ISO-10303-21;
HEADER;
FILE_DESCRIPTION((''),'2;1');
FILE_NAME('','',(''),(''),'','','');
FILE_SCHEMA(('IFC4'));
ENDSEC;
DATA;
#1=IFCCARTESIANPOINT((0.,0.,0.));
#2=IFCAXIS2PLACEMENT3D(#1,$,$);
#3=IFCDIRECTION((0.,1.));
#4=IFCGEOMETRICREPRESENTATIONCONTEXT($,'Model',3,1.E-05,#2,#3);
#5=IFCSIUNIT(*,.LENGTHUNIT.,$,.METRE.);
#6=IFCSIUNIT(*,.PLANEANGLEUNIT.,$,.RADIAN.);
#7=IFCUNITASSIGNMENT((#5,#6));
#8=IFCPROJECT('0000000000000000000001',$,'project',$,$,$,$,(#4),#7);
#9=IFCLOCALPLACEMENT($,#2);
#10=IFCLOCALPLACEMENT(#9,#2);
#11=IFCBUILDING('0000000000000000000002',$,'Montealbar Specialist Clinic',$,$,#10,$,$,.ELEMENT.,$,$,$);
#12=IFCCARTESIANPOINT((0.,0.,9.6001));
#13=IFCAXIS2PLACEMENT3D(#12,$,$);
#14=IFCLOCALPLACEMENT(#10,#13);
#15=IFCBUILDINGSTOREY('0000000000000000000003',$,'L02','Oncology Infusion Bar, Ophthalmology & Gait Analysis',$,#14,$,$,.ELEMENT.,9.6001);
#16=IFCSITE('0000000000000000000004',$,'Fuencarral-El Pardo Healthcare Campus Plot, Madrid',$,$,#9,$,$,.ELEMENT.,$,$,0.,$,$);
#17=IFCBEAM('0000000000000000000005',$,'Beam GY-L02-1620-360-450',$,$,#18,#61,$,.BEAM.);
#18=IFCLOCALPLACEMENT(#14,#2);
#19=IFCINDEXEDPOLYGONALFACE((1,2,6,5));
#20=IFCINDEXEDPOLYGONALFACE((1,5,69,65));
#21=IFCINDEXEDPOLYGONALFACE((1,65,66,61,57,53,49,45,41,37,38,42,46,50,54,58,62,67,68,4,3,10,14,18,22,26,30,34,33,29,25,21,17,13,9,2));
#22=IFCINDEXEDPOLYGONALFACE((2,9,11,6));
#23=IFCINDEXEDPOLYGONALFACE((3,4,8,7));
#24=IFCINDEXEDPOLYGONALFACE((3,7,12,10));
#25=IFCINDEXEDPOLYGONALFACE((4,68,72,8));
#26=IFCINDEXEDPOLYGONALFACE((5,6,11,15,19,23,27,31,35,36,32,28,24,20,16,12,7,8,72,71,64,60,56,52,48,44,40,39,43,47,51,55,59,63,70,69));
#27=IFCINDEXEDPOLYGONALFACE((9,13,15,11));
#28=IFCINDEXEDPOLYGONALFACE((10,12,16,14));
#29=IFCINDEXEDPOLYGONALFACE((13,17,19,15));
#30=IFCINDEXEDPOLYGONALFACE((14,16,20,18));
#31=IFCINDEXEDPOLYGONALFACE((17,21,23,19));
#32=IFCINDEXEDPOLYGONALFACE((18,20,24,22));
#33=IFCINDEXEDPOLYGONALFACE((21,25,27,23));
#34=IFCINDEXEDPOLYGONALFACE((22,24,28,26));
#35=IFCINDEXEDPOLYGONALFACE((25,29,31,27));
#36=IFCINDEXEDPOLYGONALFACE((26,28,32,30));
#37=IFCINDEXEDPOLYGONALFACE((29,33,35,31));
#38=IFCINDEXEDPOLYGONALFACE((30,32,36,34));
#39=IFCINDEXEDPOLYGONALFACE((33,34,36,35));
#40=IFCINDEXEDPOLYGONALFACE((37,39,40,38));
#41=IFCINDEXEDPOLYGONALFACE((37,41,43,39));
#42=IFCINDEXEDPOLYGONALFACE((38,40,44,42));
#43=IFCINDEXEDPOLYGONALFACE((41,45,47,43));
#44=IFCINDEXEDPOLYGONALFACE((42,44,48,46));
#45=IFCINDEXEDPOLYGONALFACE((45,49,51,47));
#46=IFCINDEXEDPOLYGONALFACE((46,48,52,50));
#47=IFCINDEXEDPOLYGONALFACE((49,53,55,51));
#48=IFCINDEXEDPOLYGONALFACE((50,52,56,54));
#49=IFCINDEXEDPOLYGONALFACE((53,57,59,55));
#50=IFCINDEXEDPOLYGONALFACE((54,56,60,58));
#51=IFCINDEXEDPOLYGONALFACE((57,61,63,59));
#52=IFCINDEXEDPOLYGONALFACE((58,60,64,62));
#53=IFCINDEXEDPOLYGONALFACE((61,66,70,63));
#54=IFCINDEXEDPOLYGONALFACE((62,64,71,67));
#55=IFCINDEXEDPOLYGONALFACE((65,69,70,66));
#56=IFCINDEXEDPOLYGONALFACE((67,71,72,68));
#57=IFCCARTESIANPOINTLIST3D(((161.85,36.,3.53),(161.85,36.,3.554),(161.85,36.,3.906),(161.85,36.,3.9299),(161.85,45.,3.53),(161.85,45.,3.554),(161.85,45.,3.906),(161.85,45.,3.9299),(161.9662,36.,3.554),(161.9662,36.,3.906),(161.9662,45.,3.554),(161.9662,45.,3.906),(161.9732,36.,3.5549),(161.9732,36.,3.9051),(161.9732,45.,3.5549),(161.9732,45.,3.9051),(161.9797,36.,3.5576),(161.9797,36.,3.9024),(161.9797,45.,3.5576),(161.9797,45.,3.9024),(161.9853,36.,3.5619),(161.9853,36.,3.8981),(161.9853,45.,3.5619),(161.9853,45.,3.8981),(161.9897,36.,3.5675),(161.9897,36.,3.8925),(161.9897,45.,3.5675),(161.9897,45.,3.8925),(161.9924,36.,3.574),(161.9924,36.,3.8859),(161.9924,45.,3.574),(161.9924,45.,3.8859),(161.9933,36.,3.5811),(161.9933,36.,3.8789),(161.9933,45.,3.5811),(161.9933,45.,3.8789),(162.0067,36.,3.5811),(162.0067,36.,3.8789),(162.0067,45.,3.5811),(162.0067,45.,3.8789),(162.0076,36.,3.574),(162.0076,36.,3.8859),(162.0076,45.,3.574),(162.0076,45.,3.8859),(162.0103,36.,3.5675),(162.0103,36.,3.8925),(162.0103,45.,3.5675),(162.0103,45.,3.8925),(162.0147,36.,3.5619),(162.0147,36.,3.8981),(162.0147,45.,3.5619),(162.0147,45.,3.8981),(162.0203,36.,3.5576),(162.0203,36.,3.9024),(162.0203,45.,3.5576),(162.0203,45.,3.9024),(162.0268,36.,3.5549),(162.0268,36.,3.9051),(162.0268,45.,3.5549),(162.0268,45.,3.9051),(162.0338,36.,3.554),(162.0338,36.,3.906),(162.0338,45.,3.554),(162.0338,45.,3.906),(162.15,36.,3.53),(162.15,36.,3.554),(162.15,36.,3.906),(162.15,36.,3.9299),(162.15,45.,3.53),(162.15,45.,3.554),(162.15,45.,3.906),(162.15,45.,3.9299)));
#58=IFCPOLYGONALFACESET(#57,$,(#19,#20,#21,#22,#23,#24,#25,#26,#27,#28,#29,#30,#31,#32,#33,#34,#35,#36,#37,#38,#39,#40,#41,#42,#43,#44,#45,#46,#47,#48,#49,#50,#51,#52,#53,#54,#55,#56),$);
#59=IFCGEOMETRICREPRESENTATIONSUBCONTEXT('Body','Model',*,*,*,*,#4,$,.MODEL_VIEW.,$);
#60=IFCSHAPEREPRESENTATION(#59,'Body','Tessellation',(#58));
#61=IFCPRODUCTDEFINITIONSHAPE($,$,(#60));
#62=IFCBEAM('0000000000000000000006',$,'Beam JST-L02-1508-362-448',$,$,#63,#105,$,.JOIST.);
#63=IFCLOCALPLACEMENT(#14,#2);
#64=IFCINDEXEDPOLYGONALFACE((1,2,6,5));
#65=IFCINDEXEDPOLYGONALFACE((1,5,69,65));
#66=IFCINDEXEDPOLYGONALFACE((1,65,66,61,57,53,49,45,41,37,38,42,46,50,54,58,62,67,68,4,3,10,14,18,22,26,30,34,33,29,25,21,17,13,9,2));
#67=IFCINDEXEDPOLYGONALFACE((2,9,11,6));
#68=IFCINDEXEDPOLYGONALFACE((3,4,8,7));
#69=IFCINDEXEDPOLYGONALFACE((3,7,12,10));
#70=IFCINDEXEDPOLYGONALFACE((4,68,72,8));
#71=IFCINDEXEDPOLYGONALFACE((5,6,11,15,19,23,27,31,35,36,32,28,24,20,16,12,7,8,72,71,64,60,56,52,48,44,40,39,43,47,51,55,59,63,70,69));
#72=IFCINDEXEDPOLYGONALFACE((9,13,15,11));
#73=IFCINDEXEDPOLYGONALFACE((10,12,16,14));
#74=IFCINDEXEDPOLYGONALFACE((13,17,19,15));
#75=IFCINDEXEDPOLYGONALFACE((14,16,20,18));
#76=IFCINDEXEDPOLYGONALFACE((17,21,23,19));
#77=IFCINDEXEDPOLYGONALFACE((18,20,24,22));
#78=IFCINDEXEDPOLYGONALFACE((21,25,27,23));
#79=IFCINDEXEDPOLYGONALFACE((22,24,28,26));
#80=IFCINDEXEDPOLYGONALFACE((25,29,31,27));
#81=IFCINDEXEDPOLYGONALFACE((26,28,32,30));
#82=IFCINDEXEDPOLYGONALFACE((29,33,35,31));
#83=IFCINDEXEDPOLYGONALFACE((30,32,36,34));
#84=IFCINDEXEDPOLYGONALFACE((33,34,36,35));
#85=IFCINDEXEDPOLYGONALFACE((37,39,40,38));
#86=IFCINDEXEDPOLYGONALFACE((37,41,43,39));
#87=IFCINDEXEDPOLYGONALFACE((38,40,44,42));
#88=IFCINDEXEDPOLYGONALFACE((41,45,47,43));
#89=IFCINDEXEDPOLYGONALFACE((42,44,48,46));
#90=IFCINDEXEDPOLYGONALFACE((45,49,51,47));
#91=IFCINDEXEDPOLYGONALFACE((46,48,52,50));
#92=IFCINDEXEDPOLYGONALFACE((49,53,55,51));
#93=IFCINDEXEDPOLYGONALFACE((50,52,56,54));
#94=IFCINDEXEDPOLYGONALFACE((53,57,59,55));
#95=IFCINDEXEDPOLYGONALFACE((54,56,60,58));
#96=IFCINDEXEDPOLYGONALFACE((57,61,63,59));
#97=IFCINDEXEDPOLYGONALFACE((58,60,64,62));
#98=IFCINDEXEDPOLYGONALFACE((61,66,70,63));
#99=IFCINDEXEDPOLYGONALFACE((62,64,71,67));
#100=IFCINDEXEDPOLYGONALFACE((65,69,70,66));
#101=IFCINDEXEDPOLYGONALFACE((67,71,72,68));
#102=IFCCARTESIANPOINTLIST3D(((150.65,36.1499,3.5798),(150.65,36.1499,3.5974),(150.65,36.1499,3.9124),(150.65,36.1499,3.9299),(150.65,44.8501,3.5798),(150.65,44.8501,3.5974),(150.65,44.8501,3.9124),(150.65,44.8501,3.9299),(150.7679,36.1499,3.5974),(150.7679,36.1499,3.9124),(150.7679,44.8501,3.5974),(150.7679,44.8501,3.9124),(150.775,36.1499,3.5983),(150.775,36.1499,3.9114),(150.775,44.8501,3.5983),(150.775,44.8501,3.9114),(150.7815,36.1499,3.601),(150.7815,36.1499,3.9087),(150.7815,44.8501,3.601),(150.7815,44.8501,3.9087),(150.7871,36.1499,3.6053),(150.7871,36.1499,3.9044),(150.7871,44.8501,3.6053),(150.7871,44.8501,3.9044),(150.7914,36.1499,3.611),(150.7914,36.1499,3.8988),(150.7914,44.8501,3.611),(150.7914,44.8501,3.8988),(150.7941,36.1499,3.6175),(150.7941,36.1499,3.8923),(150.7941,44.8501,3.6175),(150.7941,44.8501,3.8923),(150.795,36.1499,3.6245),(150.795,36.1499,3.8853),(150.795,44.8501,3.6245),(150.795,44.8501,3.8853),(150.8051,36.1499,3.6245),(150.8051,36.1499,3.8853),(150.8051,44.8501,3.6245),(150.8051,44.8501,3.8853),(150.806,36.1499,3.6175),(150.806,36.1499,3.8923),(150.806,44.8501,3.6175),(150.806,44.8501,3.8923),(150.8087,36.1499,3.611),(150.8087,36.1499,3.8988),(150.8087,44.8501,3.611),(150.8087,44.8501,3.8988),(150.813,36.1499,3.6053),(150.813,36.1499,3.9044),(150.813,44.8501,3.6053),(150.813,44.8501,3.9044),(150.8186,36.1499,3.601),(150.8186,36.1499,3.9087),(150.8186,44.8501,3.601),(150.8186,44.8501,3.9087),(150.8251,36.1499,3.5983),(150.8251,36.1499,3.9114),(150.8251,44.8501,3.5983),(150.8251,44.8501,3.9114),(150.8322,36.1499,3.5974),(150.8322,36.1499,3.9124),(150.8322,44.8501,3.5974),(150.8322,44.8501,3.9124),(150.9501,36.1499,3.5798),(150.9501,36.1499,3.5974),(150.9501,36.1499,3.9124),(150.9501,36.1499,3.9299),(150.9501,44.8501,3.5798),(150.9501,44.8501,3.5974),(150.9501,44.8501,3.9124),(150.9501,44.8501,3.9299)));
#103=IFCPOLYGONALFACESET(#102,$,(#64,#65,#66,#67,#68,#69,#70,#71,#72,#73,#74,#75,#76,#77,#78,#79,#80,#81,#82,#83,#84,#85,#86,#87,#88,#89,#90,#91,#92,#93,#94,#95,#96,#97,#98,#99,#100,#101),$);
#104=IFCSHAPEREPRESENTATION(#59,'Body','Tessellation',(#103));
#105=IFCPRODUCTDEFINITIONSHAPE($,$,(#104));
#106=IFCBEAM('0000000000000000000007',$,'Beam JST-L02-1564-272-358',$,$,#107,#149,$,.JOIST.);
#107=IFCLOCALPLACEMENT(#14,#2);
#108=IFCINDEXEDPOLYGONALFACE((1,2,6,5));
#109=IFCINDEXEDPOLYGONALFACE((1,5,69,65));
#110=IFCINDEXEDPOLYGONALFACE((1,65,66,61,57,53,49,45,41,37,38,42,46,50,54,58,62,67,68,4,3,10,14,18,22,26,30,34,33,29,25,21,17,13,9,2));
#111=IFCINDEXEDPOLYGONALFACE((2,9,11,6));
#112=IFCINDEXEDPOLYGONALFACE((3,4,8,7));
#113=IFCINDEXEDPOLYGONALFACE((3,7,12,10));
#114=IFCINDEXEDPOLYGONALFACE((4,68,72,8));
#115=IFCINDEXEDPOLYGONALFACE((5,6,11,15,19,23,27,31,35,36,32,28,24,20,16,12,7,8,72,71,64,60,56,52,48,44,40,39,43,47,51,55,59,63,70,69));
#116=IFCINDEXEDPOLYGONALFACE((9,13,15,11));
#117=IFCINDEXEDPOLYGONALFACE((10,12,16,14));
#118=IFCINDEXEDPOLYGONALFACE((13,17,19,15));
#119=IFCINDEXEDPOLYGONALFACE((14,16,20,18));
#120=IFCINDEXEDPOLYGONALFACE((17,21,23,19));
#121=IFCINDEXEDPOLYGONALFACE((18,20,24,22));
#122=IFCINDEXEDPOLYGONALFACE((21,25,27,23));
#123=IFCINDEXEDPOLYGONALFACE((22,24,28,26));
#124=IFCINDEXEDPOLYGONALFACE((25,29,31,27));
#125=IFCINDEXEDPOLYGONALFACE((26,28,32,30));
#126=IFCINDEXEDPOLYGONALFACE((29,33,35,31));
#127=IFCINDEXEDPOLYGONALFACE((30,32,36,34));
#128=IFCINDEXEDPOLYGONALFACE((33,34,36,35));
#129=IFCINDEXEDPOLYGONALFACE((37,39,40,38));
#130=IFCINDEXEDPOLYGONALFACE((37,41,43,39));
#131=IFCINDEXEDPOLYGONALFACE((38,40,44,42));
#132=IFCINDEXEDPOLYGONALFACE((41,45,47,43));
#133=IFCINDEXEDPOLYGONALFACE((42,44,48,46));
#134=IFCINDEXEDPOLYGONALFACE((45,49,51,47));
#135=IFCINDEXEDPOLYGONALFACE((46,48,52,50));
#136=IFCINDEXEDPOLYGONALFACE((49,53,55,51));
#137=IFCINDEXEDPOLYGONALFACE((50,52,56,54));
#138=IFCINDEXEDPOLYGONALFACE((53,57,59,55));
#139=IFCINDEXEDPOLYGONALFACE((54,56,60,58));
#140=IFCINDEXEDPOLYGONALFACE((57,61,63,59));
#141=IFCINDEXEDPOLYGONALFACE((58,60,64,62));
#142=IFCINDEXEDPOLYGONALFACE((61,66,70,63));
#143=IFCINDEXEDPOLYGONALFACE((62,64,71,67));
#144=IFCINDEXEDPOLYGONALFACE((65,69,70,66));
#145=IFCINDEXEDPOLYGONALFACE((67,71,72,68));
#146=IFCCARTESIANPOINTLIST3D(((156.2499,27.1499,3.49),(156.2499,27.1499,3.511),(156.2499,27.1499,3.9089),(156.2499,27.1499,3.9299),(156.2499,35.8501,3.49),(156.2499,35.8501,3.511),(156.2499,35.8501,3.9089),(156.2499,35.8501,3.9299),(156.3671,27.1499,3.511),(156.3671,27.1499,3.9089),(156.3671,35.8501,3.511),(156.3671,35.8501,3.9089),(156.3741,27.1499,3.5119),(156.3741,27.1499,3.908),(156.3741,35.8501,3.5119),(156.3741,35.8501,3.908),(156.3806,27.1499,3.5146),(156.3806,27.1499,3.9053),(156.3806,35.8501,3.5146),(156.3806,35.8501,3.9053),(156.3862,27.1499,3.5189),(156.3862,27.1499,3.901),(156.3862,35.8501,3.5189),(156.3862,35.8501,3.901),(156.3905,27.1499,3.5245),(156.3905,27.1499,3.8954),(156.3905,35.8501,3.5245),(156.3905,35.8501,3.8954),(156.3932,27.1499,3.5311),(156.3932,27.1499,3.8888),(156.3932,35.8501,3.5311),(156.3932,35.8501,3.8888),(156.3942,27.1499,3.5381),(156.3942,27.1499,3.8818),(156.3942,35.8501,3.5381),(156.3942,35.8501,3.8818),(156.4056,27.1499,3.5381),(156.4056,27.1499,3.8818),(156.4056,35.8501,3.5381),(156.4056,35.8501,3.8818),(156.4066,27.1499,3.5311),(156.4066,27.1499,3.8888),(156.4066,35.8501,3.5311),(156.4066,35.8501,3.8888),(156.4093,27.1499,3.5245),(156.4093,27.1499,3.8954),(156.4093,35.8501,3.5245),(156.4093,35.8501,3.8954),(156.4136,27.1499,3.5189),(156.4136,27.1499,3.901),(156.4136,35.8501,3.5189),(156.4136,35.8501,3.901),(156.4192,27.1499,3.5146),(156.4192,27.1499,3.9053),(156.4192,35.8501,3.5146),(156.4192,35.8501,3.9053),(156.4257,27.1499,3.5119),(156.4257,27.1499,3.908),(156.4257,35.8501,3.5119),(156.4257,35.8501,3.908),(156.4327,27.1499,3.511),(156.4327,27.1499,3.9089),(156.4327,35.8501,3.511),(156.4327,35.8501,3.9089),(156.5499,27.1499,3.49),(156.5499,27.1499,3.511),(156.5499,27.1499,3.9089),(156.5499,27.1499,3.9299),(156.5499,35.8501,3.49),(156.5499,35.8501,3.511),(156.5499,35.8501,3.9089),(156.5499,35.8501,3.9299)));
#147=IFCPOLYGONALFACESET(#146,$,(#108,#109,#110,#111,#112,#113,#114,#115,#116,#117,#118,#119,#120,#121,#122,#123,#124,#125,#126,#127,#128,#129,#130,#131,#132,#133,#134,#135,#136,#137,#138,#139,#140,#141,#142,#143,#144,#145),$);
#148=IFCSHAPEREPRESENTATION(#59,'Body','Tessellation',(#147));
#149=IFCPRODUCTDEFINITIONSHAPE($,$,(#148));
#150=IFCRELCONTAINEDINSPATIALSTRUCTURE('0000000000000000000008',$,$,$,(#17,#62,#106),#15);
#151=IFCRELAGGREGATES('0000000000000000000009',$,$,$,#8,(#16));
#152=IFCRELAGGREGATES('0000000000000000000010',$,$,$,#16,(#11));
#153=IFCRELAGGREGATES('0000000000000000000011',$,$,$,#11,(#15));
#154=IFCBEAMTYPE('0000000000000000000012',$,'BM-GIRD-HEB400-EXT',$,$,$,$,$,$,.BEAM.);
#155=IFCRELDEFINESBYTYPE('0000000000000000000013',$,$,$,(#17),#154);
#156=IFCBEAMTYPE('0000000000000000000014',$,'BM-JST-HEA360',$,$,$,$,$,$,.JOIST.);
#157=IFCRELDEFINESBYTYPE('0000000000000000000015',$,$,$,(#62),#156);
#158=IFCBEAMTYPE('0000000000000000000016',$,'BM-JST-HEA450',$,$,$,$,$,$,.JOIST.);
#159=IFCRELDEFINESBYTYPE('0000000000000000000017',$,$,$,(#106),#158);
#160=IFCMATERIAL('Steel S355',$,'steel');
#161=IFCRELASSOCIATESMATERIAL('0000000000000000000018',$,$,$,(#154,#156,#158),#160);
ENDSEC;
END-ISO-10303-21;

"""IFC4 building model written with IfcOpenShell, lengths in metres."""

from ifc_helpers import new_model, si_unit, direction, frame, origin, origin_2d, place, context, subcontext, project, spatial, i_section, extrude, material, material_profile, profile_set, type_object, element, save


model = new_model("IFC4")

# Units and contexts
model_context = context("Model", 3, precision=1e-05, world=origin(), true_north=direction((0.0, 1.0)))
body_context = subcontext(model_context, "Body", "Model", "MODEL_VIEW")
ifc_project = project(units=[si_unit("LENGTHUNIT", "METRE"), si_unit("PLANEANGLEUNIT", "RADIAN")], contexts=[model_context])

# Site, building, storey
site_placement = place(None, origin())
site = spatial("IfcSite", under=ifc_project, at=site_placement, Name="Fuencarral-El Pardo Healthcare Campus Plot, Madrid", CompositionType="ELEMENT", RefElevation=0.0)
building_placement = place(site_placement, origin())
building = spatial("IfcBuilding", under=site, at=building_placement, Name="Montealbar Specialist Clinic", CompositionType="ELEMENT")
storey_placement = place(building_placement, frame((0.0, 0.0, 9.6001)))
storey = spatial("IfcBuildingStorey", under=building, at=storey_placement, Name="L02", Description="Oncology Infusion Bar, Ophthalmology & Gait Analysis", CompositionType="ELEMENT", Elevation=9.6001)

# Shared definitions
ifc_material_1 = material(Name="Steel S355", Category="steel")

# Beams
ifc_material_profile_1 = material_profile(ifc_material_1, i_section(OverallWidth=0.3, OverallDepth=0.3999, WebThickness=0.0134, FlangeThickness=0.0239, FilletRadius=0.0271, at=origin_2d()), Name="HEB 400", Category="steel")
ifc_profile_set_1 = profile_set([ifc_material_profile_1], Name="Steel S355")
beam_type_1 = type_object("IfcBeamType", Name="BM-GIRD-HEB400-EXT", PredefinedType="BEAM", material=ifc_profile_set_1)
for number, where, z_axis, x_axis, name in (
    (1, (162.0, 36.0, 3.73), (0.0, 1.0, 0.0), (-1.0, 0.0, 0.0), "Beam GY-L02-1620-360-450"),
):
    element("IfcBeam", number, at=place(storey_placement, frame(where, z_axis=z_axis, x_axis=x_axis)), inside=storey, type_object=beam_type_1, Name=name, PredefinedType="BEAM", context=body_context, shape_type="SweptSolid", body=[
        extrude(i_section(OverallWidth=0.3, OverallDepth=0.3999, WebThickness=0.0134, FlangeThickness=0.0239, FilletRadius=0.0271, at=origin_2d()), origin(), (0.0, 0.0, 1.0), 9.0),
    ])
ifc_material_profile_2 = material_profile(ifc_material_1, i_section(OverallWidth=0.3, OverallDepth=0.3501, WebThickness=0.01, FlangeThickness=0.0176, FilletRadius=0.0271, at=origin_2d()), Name="HEA 360", Category="steel")
ifc_profile_set_2 = profile_set([ifc_material_profile_2], Name="Steel S355")
beam_type_2 = type_object("IfcBeamType", Name="BM-JST-HEA360", PredefinedType="JOIST", material=ifc_profile_set_2)
beam_1_placement = place(storey_placement, frame((150.8, 36.1499, 3.7549), z_axis=(0.0, 1.0, 0.0), x_axis=(-1.0, 0.0, 0.0)))
element("IfcBeam", 2, at=beam_1_placement, inside=storey, type_object=beam_type_2, Name="Beam JST-L02-1508-362-448", PredefinedType="JOIST", context=body_context, shape_type="SweptSolid", body=[
    extrude(i_section(OverallWidth=0.3, OverallDepth=0.3501, WebThickness=0.01, FlangeThickness=0.0176, FilletRadius=0.0271, at=origin_2d()), origin(), (0.0, 0.0, 1.0), 8.7002),
])
ifc_material_profile_3 = material_profile(ifc_material_1, i_section(OverallWidth=0.3, OverallDepth=0.4399, WebThickness=0.0115, FlangeThickness=0.021, FilletRadius=0.0271, at=origin_2d()), Name="HEA 450", Category="steel")
ifc_profile_set_3 = profile_set([ifc_material_profile_3], Name="Steel S355")
beam_type_3 = type_object("IfcBeamType", Name="BM-JST-HEA450", PredefinedType="JOIST", material=ifc_profile_set_3)
beam_2_placement = place(storey_placement, frame((156.3999, 27.1499, 3.71), z_axis=(0.0, 1.0, 0.0), x_axis=(-1.0, 0.0, 0.0)))
element("IfcBeam", 3, at=beam_2_placement, inside=storey, type_object=beam_type_3, Name="Beam JST-L02-1564-272-358", PredefinedType="JOIST", context=body_context, shape_type="SweptSolid", body=[
    extrude(i_section(OverallWidth=0.3, OverallDepth=0.4399, WebThickness=0.0115, FlangeThickness=0.021, FilletRadius=0.0271, at=origin_2d()), origin(), (0.0, 0.0, 1.0), 8.7002),
])

save(model, "model.ifc")
